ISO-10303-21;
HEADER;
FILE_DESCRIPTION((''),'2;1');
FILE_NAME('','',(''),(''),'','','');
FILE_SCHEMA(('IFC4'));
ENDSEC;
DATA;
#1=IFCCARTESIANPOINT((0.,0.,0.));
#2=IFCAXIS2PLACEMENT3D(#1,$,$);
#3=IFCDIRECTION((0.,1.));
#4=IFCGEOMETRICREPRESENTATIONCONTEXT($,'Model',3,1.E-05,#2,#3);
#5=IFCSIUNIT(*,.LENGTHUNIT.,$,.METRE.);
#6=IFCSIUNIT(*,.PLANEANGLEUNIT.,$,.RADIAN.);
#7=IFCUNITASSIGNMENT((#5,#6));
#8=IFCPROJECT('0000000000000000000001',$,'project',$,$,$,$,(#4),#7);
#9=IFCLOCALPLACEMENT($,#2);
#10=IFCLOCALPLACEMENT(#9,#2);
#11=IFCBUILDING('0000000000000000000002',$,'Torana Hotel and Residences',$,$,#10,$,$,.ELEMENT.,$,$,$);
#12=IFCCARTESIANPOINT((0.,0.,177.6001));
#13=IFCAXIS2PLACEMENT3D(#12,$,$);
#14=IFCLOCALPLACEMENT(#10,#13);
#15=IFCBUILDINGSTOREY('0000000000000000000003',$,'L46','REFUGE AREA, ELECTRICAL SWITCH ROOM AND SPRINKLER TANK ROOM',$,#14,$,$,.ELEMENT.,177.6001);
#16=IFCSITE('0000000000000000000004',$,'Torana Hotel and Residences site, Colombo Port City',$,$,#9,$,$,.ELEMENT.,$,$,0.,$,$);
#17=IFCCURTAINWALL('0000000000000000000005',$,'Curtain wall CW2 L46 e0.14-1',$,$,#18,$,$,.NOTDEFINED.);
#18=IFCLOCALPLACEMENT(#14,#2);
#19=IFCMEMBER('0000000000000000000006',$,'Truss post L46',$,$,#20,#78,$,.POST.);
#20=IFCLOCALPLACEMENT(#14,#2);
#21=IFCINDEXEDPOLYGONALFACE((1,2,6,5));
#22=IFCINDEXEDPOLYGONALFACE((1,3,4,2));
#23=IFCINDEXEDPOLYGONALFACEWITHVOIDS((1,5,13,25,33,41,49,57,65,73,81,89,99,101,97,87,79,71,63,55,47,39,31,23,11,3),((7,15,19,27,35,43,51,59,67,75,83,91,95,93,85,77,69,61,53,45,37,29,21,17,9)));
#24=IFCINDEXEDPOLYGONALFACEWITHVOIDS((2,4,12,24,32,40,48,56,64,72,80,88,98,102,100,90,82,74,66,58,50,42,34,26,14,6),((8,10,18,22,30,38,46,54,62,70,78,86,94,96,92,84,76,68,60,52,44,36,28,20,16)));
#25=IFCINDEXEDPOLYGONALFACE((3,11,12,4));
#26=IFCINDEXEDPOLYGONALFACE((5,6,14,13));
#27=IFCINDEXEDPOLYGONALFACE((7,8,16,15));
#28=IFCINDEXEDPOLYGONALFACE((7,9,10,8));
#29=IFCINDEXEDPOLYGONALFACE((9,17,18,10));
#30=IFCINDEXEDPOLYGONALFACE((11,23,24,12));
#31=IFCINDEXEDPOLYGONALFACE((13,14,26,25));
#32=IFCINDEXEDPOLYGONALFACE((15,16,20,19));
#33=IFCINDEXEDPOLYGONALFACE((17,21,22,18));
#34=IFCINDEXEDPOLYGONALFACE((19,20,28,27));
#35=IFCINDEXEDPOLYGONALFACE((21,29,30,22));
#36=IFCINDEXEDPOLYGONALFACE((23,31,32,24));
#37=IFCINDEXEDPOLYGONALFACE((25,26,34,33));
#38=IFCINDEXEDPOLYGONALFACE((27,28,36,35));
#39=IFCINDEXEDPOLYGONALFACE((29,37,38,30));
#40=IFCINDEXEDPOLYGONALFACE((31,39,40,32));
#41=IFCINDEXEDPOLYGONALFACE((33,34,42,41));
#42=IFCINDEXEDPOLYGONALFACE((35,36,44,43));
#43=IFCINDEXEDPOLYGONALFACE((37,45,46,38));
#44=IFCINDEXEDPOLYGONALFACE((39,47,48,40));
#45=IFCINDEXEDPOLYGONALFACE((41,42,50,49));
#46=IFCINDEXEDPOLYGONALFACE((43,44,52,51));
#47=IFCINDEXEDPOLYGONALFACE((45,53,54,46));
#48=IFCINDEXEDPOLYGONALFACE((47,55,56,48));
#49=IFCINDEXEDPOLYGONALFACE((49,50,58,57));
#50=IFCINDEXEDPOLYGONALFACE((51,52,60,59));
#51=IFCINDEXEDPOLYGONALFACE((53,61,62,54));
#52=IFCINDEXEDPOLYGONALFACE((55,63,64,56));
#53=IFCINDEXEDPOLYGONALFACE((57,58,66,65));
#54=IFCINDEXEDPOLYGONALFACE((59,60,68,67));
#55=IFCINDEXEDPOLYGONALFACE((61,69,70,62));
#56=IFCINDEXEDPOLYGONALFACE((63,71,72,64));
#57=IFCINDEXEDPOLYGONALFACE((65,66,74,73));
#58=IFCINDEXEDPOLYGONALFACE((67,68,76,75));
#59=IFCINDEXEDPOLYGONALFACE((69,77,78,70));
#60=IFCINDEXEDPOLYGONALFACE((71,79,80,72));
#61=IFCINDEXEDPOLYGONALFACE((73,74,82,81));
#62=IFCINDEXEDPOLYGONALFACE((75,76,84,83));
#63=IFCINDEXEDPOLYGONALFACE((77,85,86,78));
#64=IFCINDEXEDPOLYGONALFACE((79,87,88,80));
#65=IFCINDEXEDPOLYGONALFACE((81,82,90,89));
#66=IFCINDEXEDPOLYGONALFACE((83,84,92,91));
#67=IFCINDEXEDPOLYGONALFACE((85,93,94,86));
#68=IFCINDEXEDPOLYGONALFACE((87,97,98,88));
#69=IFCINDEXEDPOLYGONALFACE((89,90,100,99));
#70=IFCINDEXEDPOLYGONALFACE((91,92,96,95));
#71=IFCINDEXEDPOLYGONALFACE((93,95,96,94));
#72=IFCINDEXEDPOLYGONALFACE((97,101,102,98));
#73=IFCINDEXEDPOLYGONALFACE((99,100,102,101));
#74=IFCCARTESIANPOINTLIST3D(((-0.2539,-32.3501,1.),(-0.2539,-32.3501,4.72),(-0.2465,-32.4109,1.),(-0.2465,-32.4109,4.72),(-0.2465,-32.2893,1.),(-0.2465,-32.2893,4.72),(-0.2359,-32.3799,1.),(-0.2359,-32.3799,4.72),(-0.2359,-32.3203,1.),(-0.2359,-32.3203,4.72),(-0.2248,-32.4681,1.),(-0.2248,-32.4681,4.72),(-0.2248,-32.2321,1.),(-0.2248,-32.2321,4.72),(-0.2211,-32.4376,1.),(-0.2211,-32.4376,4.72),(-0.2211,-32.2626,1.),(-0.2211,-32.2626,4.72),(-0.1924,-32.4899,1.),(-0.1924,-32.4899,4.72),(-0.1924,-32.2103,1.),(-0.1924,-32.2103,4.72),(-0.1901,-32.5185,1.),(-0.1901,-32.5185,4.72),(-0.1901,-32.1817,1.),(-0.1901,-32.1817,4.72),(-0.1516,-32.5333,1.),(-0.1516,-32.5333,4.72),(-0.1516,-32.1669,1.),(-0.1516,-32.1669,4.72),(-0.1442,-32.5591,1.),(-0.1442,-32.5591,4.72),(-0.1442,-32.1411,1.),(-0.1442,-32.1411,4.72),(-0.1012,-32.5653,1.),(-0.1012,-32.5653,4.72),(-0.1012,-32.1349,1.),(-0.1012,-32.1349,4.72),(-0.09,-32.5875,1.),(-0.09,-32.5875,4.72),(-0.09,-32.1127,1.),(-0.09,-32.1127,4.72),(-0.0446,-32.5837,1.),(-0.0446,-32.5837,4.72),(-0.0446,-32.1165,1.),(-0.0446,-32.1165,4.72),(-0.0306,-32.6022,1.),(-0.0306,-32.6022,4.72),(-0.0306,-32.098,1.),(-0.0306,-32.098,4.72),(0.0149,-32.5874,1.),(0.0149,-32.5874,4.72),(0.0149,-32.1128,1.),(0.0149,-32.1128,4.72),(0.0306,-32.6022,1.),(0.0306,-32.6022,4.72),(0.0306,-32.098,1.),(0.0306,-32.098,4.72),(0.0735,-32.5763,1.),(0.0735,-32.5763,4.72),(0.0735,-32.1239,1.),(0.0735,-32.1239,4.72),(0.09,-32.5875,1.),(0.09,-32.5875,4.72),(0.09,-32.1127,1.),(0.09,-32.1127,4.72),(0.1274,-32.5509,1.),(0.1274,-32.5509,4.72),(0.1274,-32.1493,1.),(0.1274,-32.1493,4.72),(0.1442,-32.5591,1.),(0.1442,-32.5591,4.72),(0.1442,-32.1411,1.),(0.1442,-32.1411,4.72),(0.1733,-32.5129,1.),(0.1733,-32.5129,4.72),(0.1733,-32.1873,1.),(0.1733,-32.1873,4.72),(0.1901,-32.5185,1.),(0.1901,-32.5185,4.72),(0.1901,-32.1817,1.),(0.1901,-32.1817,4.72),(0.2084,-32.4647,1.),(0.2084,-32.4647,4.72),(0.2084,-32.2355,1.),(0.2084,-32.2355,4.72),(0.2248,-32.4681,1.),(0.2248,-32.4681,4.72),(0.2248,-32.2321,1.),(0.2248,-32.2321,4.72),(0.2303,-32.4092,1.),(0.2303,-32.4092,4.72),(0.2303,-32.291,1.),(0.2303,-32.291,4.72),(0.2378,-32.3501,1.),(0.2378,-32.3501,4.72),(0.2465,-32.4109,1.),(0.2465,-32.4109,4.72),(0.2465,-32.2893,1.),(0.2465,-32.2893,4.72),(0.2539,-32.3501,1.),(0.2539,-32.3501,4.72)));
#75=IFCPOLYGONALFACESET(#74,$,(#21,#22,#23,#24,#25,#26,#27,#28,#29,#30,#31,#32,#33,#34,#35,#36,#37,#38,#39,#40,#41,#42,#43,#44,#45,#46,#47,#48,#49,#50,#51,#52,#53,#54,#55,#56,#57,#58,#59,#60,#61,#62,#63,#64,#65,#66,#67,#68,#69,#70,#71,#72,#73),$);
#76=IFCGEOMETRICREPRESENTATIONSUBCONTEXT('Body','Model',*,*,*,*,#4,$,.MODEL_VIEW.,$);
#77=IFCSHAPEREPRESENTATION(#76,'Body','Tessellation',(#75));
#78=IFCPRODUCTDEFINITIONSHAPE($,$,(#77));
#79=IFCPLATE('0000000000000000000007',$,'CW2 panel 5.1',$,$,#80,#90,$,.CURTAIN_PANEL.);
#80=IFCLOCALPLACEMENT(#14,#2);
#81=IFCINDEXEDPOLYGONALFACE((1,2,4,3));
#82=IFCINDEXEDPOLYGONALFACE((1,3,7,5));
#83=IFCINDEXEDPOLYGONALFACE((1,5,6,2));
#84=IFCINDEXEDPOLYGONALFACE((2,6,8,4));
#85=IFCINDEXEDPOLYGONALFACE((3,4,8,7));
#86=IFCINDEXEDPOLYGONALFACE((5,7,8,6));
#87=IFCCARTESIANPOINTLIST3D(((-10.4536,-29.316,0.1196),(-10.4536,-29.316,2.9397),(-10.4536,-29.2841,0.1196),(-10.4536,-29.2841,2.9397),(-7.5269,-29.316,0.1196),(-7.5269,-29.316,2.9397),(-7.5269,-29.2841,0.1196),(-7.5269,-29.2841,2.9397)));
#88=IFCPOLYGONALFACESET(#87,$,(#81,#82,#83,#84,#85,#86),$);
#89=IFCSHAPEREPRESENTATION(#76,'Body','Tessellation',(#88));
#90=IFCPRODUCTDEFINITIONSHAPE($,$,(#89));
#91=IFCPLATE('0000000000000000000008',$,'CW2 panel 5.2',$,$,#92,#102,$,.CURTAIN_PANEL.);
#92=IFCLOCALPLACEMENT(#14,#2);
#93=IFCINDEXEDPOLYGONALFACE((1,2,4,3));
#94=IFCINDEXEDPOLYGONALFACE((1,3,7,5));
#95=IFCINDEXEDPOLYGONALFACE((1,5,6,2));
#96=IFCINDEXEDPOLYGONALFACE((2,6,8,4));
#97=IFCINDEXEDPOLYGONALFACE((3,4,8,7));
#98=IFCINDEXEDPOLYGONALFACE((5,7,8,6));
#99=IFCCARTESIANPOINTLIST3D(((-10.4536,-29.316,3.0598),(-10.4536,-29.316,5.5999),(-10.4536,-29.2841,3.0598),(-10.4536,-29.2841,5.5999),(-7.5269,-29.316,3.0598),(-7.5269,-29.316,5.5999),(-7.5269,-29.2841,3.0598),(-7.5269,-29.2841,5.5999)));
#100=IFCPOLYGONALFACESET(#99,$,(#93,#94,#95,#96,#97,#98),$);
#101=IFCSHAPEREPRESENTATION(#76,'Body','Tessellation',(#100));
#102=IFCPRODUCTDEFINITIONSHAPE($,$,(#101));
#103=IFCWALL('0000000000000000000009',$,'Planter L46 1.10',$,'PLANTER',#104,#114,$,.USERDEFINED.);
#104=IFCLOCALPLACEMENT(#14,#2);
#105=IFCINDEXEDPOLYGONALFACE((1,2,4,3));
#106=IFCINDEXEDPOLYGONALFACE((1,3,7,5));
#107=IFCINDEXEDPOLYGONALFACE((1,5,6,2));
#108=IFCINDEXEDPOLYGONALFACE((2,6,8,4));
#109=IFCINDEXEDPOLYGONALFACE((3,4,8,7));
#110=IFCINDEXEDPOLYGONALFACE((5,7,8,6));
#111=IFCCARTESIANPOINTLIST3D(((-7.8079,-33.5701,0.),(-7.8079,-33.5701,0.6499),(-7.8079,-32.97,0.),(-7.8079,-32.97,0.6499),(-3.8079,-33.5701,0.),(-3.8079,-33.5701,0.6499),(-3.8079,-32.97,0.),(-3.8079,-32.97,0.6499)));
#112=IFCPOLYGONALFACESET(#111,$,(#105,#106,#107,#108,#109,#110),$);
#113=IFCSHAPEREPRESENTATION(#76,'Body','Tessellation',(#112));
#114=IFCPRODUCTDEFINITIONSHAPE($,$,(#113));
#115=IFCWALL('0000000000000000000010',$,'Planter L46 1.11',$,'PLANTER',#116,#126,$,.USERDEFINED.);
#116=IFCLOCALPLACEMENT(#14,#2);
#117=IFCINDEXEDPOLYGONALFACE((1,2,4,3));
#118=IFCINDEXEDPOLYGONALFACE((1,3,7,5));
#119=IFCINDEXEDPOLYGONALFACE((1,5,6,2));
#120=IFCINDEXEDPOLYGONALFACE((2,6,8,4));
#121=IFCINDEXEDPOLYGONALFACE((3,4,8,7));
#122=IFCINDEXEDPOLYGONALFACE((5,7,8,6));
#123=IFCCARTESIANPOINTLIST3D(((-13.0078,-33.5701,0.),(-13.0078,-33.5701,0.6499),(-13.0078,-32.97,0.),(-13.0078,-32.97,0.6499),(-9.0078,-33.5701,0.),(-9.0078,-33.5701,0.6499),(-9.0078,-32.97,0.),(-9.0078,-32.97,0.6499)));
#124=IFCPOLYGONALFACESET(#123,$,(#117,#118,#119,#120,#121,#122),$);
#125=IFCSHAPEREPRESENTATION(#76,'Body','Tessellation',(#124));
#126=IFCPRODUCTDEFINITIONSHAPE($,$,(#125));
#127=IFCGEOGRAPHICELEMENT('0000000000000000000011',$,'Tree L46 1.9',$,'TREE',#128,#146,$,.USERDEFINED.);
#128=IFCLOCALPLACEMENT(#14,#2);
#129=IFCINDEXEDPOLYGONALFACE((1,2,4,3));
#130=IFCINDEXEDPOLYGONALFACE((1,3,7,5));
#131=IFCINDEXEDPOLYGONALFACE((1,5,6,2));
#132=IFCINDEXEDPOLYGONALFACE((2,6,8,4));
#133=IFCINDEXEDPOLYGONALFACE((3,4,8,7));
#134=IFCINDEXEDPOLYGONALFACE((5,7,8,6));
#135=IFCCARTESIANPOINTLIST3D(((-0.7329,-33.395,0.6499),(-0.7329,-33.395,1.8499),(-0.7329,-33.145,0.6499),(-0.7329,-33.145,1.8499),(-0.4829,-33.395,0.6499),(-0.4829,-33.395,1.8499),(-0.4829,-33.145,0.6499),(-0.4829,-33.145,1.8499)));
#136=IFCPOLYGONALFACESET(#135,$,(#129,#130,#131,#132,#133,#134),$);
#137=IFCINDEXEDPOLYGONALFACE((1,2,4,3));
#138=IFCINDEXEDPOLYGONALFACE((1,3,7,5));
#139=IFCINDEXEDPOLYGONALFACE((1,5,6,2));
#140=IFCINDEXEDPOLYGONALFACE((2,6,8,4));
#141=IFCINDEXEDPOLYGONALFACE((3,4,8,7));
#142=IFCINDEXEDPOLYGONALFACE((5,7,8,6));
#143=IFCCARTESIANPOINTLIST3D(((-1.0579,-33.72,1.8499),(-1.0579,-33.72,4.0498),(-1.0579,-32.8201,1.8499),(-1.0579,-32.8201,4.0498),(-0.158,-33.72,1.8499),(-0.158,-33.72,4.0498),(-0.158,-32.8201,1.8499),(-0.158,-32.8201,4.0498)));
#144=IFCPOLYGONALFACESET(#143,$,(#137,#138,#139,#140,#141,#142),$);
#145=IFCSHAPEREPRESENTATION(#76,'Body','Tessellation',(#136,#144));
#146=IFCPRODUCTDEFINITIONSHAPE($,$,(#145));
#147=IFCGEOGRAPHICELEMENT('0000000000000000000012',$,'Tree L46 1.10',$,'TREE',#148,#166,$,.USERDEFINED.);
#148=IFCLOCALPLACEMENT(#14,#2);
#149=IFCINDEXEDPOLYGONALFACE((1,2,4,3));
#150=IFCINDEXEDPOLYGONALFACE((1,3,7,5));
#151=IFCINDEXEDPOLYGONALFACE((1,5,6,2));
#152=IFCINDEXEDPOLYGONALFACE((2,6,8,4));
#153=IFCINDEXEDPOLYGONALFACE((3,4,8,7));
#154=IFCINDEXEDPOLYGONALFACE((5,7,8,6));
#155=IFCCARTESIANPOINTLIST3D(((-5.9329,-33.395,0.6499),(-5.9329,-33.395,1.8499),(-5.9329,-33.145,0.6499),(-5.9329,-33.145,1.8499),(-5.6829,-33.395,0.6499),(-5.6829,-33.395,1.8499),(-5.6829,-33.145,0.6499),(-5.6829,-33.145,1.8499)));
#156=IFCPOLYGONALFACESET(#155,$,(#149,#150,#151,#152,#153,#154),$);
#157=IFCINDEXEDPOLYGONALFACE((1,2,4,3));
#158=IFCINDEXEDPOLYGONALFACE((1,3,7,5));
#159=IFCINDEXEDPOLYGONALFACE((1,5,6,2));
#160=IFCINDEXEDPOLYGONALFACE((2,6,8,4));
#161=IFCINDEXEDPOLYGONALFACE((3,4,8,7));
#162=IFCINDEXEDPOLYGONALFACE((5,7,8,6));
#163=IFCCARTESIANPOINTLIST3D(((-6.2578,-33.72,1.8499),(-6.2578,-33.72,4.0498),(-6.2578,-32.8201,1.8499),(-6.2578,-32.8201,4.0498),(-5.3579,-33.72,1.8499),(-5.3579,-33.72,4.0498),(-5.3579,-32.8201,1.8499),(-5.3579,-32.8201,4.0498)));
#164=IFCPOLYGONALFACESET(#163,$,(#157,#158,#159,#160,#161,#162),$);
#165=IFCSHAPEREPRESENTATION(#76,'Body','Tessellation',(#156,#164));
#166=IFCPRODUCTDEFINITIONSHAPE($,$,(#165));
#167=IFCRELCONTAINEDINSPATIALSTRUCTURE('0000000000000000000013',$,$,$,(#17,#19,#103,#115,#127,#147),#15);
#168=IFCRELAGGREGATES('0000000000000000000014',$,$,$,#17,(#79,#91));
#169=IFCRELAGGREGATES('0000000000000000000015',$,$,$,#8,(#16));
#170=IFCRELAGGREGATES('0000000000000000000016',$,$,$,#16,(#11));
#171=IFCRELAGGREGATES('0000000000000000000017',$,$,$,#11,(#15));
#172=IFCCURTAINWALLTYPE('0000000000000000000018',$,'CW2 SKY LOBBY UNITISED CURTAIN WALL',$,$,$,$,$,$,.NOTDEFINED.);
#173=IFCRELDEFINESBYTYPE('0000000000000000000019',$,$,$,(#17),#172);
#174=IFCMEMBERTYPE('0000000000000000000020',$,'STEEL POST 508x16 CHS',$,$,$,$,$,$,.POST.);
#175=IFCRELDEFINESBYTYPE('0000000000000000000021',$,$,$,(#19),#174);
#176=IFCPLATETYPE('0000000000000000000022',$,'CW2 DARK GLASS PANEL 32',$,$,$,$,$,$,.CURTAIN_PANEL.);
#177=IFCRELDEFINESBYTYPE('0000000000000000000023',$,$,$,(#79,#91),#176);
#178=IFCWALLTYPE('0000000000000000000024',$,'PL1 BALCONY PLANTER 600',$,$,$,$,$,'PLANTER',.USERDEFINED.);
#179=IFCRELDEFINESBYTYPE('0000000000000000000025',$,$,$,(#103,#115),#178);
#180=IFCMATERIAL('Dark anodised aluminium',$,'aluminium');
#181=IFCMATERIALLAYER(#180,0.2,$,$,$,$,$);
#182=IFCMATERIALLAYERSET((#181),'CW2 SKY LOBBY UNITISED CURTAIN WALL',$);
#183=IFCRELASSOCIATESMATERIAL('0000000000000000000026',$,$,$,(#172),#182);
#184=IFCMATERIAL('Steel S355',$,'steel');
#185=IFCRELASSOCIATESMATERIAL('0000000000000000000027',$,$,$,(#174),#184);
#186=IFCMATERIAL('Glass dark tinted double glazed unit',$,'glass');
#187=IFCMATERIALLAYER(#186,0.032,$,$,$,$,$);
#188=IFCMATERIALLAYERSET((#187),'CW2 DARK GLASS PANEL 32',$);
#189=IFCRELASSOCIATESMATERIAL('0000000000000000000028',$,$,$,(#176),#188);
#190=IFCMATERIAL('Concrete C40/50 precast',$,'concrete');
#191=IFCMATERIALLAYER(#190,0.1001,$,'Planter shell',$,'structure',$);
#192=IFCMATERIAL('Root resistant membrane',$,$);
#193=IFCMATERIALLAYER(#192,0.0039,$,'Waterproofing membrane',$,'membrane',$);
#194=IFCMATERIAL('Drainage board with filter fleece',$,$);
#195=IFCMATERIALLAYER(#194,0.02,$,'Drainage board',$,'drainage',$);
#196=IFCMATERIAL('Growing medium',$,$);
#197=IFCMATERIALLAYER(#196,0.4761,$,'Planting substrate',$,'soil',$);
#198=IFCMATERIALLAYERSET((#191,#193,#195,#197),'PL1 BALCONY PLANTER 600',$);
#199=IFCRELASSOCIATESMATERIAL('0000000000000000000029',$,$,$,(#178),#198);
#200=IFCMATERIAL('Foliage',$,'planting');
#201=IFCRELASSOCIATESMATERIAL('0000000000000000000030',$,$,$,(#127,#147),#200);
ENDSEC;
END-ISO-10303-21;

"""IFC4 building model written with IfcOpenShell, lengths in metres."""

from ifc_helpers import new_model, si_unit, direction, frame, frame_2d, origin, origin_2d, place, context, subcontext, project, spatial, rectangle, hollow_circle, extrude, material, layer, layer_set, material_profile, profile_set, type_object, element, aggregate, save


model = new_model("IFC4")

# Units and contexts
model_context = context("Model", 3, precision=1e-05, world=origin(), true_north=direction((0.0, 1.0)))
body_context = subcontext(model_context, "Body", "Model", "MODEL_VIEW")
ifc_project = project(units=[si_unit("LENGTHUNIT", "METRE"), si_unit("PLANEANGLEUNIT", "RADIAN")], contexts=[model_context])

# Site, building, storey
site_placement = place(None, origin())
site = spatial("IfcSite", under=ifc_project, at=site_placement, Name="Torana Hotel and Residences site, Colombo Port City", CompositionType="ELEMENT", RefElevation=0.0)
building_placement = place(site_placement, origin())
building = spatial("IfcBuilding", under=site, at=building_placement, Name="Torana Hotel and Residences", CompositionType="ELEMENT")
storey_placement = place(building_placement, frame((0.0, 0.0, 177.6001)))
storey = spatial("IfcBuildingStorey", under=building, at=storey_placement, Name="L46", Description="REFUGE AREA, ELECTRICAL SWITCH ROOM AND SPRINKLER TANK ROOM", CompositionType="ELEMENT", Elevation=177.6001)

# Curtain wall
ifc_material_1 = material(Name="Dark anodised aluminium", Category="aluminium")
ifc_layer_1 = layer(ifc_material_1, 0.2)
ifc_layer_set_1 = layer_set([ifc_layer_1], Name="CW2 SKY LOBBY UNITISED CURTAIN WALL")
curtain_wall_type = type_object("IfcCurtainWallType", Name="CW2 SKY LOBBY UNITISED CURTAIN WALL", PredefinedType="NOTDEFINED", material=ifc_layer_set_1)
curtain_wall_placement = place(storey_placement, origin())
curtain_wall = element("IfcCurtainWall", 1, at=curtain_wall_placement, inside=storey, type_object=curtain_wall_type, Name="Curtain wall CW2 L46 e0.14-1", PredefinedType="NOTDEFINED")

# Member
ifc_material_2 = material(Name="Steel S355", Category="steel")
ifc_material_profile_1 = material_profile(ifc_material_2, hollow_circle(Radius=0.2539, WallThickness=0.0161, at=origin_2d()), Name="508x16 CHS")
ifc_profile_set_1 = profile_set([ifc_material_profile_1], Name="Steel S355")
member_type_1 = type_object("IfcMemberType", Name="STEEL POST 508x16 CHS", PredefinedType="POST", material=ifc_profile_set_1)
for number, where, z_axis, x_axis, name in (
    (2, (0.0, -32.3501, 1.0), (0.0, 0.0, 1.0), (1.0, 0.0, 0.0), "Truss post L46"),
):
    element("IfcMember", number, at=place(storey_placement, frame(where, z_axis=z_axis, x_axis=x_axis)), inside=storey, type_object=member_type_1, Name=name, PredefinedType="POST", context=body_context, shape_type="SweptSolid", body=[
        extrude(hollow_circle(Radius=0.2539, WallThickness=0.0161, at=origin_2d()), origin(), (0.0, 0.0, 1.0), 3.72),
    ])

# Plates
ifc_material_3 = material(Name="Glass dark tinted double glazed unit", Category="glass")
ifc_layer_2 = layer(ifc_material_3, 0.032)
ifc_layer_set_2 = layer_set([ifc_layer_2], Name="CW2 DARK GLASS PANEL 32")
plate_type = type_object("IfcPlateType", Name="CW2 DARK GLASS PANEL 32", PredefinedType="CURTAIN_PANEL", material=ifc_layer_set_2)
plate_1_placement = place(storey_placement, frame((-8.9902, -29.3, 0.1196), z_axis=(0.0, 0.0, 1.0), x_axis=(1.0, 0.0, 0.0)))
plate_1 = element("IfcPlate", 3, at=plate_1_placement, type_object=plate_type, Name="CW2 panel 5.1", PredefinedType="CURTAIN_PANEL", context=body_context, shape_type="SweptSolid", body=[
    extrude(rectangle(XDim=2.9268, YDim=0.032, at=origin_2d()), origin(), (0.0, 0.0, 1.0), 2.8201),
])
plate_2_placement = place(storey_placement, frame((-8.9902, -29.3, 3.0598), z_axis=(0.0, 0.0, 1.0), x_axis=(1.0, 0.0, 0.0)))
plate_2 = element("IfcPlate", 4, at=plate_2_placement, type_object=plate_type, Name="CW2 panel 5.2", PredefinedType="CURTAIN_PANEL", context=body_context, shape_type="SweptSolid", body=[
    extrude(rectangle(XDim=2.9268, YDim=0.032, at=origin_2d()), origin(), (0.0, 0.0, 1.0), 2.54),
])
aggregate(curtain_wall, [plate_1, plate_2])

# Walls
ifc_material_4 = material(Name="Concrete C40/50 precast", Category="concrete")
ifc_layer_3 = layer(ifc_material_4, 0.1001, Name="Planter shell", Category="structure")
ifc_material_5 = material(Name="Root resistant membrane")
ifc_layer_4 = layer(ifc_material_5, 0.0039, Name="Waterproofing membrane", Category="membrane")
ifc_material_6 = material(Name="Drainage board with filter fleece")
ifc_layer_5 = layer(ifc_material_6, 0.02, Name="Drainage board", Category="drainage")
ifc_material_7 = material(Name="Growing medium")
ifc_layer_6 = layer(ifc_material_7, 0.4761, Name="Planting substrate", Category="soil")
ifc_layer_set_3 = layer_set([ifc_layer_3, ifc_layer_4, ifc_layer_5, ifc_layer_6], Name="PL1 BALCONY PLANTER 600")
wall_type = type_object("IfcWallType", Name="PL1 BALCONY PLANTER 600", ElementType="PLANTER", PredefinedType="USERDEFINED", material=ifc_layer_set_3)
for number, where, z_axis, x_axis, name in (
    (5, (-3.8079, -33.27, 0.0), (0.0, 0.0, 1.0), (-1.0, 0.0, 0.0), "Planter L46 1.10"),
    (6, (-9.0078, -33.27, 0.0), (0.0, 0.0, 1.0), (-1.0, 0.0, 0.0), "Planter L46 1.11"),
):
    element("IfcWall", number, at=place(storey_placement, frame(where, z_axis=z_axis, x_axis=x_axis)), inside=storey, type_object=wall_type, Name=name, ObjectType="PLANTER", PredefinedType="USERDEFINED", context=body_context, shape_type="SweptSolid", body=[
        extrude(rectangle(XDim=4.0, YDim=0.6001, at=frame_2d((2.0, 0.0))), origin(), (0.0, 0.0, 1.0), 0.6499),
    ])

# Geographic elements
ifc_material_8 = material(Name="Foliage", Category="planting")
for number, where, z_axis, x_axis, name in (
    (7, (-0.6079, -33.27, 0.6499), (0.0, 0.0, 1.0), (1.0, 0.0, 0.0), "Tree L46 1.9"),
    (8, (-5.8079, -33.27, 0.6499), (0.0, 0.0, 1.0), (1.0, 0.0, 0.0), "Tree L46 1.10"),
):
    element("IfcGeographicElement", number, at=place(storey_placement, frame(where, z_axis=z_axis, x_axis=x_axis)), inside=storey, material=ifc_material_8, Name=name, ObjectType="TREE", PredefinedType="USERDEFINED", context=body_context, shape_type="SweptSolid", body=[
        extrude(rectangle(XDim=0.25, YDim=0.25, at=origin_2d()), origin(), (0.0, 0.0, 1.0), 1.2),
        extrude(rectangle(XDim=0.8999, YDim=0.8999, at=origin_2d()), frame((0.0, 0.0, 1.2)), (0.0, 0.0, 1.0), 2.2),
    ])

save(model, "model.ifc")
